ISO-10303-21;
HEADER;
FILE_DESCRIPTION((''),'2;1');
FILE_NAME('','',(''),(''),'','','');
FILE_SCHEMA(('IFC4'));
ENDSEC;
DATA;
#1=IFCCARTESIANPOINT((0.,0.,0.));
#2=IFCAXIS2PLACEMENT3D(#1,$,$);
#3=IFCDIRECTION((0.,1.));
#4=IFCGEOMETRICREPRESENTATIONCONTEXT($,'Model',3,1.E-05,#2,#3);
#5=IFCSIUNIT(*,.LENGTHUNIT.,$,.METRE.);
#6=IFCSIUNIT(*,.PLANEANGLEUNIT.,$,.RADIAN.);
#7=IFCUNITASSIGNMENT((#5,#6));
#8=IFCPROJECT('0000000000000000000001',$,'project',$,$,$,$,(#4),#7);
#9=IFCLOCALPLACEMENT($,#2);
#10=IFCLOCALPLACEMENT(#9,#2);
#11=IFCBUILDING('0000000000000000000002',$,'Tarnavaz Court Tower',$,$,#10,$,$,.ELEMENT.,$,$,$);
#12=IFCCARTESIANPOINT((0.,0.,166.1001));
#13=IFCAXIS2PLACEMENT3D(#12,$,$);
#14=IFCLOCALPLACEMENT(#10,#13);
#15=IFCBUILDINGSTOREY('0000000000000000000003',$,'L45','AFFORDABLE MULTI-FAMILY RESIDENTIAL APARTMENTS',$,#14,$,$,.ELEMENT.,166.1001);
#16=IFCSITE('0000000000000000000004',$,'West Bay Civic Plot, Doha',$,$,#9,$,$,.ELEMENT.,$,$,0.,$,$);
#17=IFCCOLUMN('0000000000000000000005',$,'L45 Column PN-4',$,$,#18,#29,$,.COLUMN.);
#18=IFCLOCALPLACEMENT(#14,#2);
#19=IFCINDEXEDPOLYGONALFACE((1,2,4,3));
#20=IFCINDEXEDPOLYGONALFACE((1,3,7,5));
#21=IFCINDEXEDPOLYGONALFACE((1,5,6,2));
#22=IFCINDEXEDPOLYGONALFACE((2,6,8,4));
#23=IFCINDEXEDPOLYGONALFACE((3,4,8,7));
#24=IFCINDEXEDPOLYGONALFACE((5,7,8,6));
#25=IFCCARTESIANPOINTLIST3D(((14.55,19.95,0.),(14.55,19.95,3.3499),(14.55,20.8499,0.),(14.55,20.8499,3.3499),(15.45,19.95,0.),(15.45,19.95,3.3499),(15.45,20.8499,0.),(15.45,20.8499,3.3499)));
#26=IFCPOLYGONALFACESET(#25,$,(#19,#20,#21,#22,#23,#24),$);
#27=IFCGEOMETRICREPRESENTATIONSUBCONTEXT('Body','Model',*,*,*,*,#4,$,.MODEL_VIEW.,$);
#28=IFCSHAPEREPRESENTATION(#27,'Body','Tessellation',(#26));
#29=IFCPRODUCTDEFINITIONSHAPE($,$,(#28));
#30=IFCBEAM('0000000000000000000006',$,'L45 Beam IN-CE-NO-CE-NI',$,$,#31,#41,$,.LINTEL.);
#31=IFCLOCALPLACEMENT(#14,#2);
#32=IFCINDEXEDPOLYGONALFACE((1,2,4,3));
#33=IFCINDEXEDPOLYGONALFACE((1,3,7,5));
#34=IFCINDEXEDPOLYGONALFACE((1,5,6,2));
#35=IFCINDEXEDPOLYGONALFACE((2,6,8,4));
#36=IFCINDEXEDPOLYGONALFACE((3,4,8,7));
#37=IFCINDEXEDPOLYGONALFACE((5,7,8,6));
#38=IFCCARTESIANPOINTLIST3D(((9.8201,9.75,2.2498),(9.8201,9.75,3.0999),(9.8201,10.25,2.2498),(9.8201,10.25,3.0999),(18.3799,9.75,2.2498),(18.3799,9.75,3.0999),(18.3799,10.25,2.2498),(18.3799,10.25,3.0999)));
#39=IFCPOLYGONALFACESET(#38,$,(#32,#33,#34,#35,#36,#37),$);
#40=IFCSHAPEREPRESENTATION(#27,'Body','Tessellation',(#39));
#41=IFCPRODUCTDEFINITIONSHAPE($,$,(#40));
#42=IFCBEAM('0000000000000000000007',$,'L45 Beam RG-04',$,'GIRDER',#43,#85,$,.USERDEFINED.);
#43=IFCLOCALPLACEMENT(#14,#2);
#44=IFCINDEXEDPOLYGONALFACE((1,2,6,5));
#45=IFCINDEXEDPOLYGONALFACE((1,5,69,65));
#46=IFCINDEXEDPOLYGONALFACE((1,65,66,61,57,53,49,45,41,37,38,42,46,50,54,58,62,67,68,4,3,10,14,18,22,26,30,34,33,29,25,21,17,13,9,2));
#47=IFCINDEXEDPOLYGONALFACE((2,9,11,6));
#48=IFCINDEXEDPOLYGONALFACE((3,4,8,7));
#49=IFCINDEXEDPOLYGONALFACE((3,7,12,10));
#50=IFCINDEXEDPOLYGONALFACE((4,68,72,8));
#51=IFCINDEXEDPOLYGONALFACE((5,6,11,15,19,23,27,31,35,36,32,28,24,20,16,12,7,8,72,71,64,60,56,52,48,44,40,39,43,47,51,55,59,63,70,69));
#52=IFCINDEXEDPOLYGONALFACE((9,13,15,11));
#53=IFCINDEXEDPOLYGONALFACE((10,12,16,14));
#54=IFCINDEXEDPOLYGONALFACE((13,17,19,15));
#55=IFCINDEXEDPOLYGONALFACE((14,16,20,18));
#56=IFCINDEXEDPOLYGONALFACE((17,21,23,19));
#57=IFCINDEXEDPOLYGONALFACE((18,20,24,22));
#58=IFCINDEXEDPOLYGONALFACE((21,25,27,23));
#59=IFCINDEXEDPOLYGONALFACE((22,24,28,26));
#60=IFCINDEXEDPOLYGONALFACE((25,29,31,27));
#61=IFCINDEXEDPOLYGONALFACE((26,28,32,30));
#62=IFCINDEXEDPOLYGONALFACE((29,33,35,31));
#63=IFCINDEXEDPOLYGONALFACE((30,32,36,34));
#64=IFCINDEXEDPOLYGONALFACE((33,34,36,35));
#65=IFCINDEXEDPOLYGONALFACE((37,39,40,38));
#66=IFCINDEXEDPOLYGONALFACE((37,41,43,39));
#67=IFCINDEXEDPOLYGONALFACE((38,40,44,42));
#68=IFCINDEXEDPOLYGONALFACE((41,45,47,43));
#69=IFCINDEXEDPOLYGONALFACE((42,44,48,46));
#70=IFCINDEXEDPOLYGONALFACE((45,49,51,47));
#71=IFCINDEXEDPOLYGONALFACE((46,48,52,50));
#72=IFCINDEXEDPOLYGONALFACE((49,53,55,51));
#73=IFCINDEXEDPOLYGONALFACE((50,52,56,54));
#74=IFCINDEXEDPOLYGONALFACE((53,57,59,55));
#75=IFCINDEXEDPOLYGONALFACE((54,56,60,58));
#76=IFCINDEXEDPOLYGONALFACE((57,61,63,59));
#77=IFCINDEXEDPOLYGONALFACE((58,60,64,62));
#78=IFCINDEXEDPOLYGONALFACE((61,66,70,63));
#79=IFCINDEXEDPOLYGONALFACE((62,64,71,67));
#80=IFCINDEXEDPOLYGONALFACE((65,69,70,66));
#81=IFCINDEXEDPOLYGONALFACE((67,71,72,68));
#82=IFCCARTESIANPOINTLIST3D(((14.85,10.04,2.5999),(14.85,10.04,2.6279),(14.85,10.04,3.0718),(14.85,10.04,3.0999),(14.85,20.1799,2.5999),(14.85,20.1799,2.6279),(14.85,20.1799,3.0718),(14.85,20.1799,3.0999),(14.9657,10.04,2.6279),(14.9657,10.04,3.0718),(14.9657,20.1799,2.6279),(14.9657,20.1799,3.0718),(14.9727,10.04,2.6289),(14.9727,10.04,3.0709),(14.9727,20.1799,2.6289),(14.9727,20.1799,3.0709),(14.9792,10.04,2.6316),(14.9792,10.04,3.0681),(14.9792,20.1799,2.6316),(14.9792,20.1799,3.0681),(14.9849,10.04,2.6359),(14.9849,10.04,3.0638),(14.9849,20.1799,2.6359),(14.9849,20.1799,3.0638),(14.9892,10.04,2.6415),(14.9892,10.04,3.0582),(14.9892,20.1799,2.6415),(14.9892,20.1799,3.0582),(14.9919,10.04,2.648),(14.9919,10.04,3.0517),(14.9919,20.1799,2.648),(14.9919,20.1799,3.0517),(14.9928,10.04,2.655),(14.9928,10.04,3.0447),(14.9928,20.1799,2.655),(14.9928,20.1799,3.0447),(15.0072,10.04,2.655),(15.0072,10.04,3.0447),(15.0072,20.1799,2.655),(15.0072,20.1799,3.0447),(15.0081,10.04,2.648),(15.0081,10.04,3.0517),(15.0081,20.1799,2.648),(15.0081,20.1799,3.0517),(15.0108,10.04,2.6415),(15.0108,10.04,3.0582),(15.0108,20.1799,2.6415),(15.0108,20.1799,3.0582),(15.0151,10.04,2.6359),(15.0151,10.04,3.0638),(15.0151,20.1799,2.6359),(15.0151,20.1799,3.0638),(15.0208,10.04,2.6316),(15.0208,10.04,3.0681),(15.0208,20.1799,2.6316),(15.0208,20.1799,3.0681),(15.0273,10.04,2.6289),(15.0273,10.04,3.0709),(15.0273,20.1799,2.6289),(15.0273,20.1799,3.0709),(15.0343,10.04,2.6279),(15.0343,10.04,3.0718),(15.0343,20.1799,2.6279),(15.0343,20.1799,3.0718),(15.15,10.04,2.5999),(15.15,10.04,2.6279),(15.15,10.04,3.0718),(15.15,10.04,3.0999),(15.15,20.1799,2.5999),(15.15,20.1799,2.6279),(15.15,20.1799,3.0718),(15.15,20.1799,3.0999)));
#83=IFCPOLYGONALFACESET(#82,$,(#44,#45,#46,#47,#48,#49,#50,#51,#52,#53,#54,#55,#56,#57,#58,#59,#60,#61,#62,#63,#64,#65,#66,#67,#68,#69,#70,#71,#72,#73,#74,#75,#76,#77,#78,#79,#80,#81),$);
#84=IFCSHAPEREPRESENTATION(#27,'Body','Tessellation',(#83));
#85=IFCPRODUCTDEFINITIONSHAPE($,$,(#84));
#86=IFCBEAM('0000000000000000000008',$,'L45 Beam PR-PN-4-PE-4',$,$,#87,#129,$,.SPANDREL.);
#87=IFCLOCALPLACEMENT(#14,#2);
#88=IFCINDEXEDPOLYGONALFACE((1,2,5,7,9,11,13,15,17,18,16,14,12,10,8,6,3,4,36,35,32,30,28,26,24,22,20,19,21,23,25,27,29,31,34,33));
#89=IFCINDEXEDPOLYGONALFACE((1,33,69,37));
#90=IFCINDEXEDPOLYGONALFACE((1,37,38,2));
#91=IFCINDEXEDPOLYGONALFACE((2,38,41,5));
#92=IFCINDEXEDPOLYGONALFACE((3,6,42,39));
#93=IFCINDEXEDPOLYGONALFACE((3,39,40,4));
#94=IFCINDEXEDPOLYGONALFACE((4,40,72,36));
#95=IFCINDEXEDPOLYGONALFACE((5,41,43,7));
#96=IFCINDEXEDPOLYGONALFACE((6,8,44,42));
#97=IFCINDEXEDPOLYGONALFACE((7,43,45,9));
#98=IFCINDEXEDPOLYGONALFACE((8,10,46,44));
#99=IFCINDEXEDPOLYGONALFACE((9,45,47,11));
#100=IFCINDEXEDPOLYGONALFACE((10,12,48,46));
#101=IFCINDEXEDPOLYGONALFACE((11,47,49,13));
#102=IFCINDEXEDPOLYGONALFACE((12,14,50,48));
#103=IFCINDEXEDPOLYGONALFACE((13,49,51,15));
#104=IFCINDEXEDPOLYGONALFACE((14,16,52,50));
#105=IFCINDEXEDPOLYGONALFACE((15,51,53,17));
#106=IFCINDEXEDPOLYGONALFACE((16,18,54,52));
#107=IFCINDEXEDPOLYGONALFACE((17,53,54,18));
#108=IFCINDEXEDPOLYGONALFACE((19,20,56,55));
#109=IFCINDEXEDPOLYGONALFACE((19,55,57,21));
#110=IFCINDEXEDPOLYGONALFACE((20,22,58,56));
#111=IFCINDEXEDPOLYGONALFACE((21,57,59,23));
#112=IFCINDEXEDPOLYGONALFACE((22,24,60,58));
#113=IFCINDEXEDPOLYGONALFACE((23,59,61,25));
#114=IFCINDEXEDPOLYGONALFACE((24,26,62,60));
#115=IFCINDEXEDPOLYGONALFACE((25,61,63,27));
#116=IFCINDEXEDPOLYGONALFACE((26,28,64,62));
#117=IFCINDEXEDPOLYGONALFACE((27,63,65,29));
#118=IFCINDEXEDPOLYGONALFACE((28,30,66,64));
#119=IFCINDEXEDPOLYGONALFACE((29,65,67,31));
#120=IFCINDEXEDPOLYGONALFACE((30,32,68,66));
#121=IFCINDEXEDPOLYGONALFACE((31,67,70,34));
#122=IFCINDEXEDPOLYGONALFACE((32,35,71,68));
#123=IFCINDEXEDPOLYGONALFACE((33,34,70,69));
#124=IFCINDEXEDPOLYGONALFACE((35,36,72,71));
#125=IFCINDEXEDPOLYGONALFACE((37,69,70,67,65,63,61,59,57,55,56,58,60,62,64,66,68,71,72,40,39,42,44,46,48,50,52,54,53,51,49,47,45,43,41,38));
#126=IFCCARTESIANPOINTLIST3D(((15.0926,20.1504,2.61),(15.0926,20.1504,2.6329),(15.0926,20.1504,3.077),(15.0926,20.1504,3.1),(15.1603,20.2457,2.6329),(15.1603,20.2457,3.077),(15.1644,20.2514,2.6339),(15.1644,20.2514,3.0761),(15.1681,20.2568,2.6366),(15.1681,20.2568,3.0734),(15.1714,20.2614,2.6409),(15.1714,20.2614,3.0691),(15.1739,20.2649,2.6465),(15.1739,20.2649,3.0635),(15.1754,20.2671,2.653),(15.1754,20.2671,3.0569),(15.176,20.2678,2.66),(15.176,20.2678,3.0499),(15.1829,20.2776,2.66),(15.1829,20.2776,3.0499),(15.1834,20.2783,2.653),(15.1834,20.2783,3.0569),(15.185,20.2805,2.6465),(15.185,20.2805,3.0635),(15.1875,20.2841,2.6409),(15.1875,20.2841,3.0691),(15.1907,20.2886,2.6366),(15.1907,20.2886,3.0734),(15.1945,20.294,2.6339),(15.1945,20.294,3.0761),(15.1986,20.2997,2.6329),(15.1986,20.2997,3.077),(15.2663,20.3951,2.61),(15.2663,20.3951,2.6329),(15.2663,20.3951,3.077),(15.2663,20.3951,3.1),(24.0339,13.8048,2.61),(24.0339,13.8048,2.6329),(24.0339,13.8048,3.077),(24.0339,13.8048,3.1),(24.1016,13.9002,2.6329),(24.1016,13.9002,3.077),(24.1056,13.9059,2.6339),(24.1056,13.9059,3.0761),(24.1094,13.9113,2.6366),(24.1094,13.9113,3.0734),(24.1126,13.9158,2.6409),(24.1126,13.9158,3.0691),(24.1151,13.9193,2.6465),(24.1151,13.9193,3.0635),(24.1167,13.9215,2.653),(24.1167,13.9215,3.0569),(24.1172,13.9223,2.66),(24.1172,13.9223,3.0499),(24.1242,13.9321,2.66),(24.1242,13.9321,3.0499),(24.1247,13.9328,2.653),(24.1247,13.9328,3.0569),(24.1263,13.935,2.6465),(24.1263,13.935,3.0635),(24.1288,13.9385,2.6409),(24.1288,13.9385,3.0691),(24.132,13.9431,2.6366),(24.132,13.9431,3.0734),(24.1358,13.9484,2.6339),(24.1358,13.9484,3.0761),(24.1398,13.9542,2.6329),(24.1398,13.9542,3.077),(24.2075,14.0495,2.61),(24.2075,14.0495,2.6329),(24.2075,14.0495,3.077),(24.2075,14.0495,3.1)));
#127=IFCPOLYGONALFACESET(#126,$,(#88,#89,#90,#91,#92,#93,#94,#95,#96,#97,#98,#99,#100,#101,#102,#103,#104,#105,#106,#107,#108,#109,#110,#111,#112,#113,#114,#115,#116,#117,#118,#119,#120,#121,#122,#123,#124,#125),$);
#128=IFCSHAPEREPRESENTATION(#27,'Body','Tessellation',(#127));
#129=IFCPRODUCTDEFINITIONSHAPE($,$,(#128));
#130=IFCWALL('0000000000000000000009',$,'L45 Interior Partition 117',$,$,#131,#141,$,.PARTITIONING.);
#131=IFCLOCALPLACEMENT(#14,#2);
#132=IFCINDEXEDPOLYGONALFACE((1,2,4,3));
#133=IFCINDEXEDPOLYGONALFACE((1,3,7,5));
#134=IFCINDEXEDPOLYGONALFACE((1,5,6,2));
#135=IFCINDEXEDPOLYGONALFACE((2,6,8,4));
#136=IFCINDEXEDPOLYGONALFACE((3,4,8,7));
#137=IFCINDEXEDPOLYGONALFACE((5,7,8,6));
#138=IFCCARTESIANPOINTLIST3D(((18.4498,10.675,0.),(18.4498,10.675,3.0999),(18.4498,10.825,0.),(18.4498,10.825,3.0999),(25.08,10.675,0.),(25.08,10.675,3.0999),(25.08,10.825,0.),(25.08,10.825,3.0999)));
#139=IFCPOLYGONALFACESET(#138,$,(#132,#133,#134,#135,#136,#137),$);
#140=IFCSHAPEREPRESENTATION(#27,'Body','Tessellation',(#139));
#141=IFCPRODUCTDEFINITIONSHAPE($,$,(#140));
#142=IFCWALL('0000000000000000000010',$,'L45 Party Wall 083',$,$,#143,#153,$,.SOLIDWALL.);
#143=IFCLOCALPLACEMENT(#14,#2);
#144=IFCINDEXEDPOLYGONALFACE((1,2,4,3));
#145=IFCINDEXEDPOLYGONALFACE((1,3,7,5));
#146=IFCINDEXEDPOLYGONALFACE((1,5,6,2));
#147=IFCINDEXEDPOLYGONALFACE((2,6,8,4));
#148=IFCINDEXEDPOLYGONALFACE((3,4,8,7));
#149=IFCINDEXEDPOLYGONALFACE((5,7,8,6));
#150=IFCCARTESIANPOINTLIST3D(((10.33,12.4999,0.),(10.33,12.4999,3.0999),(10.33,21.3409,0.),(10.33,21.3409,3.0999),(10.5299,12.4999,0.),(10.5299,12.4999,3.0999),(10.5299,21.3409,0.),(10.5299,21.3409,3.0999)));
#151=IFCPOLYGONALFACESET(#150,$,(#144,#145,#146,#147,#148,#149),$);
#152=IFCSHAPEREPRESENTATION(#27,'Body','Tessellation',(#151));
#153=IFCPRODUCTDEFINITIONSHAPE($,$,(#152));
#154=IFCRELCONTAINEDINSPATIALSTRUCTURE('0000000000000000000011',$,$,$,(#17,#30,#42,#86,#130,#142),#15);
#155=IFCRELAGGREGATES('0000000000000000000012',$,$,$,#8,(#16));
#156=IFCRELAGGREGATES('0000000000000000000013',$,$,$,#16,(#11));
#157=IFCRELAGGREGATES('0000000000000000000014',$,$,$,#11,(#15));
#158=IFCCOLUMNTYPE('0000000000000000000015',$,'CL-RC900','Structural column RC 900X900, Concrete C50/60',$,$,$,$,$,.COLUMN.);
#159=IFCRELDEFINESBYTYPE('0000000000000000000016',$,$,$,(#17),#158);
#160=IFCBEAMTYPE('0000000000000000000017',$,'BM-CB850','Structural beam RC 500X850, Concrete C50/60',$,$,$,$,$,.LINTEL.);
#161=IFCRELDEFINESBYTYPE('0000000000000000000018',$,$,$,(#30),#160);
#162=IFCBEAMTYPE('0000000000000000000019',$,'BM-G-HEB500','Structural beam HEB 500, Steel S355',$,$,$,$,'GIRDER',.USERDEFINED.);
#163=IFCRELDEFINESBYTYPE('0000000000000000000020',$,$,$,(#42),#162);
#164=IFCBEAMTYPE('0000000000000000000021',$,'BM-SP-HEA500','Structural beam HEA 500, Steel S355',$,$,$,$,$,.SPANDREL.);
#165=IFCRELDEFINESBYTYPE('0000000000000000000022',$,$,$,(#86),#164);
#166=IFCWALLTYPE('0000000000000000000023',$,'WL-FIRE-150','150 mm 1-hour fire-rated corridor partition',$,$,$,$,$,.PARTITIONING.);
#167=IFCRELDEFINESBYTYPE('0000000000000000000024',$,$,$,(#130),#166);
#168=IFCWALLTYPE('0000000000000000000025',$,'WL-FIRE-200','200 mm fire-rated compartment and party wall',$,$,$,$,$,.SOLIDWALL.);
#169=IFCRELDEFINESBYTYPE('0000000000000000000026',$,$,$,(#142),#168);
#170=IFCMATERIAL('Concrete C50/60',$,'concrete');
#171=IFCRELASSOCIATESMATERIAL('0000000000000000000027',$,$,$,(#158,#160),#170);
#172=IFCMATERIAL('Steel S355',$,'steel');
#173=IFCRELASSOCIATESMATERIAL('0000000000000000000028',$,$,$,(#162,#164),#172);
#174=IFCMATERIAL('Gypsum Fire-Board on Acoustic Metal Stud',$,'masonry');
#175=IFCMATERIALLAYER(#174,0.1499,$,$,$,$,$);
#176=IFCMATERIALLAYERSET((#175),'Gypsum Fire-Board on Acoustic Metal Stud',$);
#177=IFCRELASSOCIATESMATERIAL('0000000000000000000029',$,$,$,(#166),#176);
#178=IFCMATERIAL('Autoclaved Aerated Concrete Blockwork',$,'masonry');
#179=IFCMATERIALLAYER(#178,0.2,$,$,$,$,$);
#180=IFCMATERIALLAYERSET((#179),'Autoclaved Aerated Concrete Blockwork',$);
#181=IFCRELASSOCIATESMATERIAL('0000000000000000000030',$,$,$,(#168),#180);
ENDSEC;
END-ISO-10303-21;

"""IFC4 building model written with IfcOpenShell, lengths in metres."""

from ifc_helpers import new_model, si_unit, direction, frame, frame_2d, origin, origin_2d, place, context, subcontext, project, spatial, rectangle, i_section, extrude, material, layer, layer_set, material_profile, profile_set, type_object, element, save


model = new_model("IFC4")

# Units and contexts
model_context = context("Model", 3, precision=1e-05, world=origin(), true_north=direction((0.0, 1.0)))
body_context = subcontext(model_context, "Body", "Model", "MODEL_VIEW")
ifc_project = project(units=[si_unit("LENGTHUNIT", "METRE"), si_unit("PLANEANGLEUNIT", "RADIAN")], contexts=[model_context])

# Site, building, storey
site_placement = place(None, origin())
site = spatial("IfcSite", under=ifc_project, at=site_placement, Name="West Bay Civic Plot, Doha", CompositionType="ELEMENT", RefElevation=0.0)
building_placement = place(site_placement, origin())
building = spatial("IfcBuilding", under=site, at=building_placement, Name="Tarnavaz Court Tower", CompositionType="ELEMENT")
storey_placement = place(building_placement, frame((0.0, 0.0, 166.1001)))
storey = spatial("IfcBuildingStorey", under=building, at=storey_placement, Name="L45", Description="AFFORDABLE MULTI-FAMILY RESIDENTIAL APARTMENTS", CompositionType="ELEMENT", Elevation=166.1001)

# Column
ifc_material_1 = material(Name="Concrete C50/60", Category="concrete")
ifc_material_profile_1 = material_profile(ifc_material_1, rectangle(XDim=0.8999, YDim=0.8999, at=origin_2d()), Name="RC 900X900")
ifc_profile_set_1 = profile_set([ifc_material_profile_1], Name="Concrete C50/60")
column_type = type_object("IfcColumnType", Name="CL-RC900", Description="Structural column RC 900X900, Concrete C50/60", PredefinedType="COLUMN", material=ifc_profile_set_1)
column_placement = place(storey_placement, frame((15.0, 20.3999, 0.0), z_axis=(0.0, 0.0, 1.0), x_axis=(1.0, 0.0, 0.0)))
element("IfcColumn", 1, at=column_placement, inside=storey, type_object=column_type, Name="L45 Column PN-4", PredefinedType="COLUMN", context=body_context, shape_type="SweptSolid", body=[
    extrude(rectangle(XDim=0.8999, YDim=0.8999, at=origin_2d()), origin(), (0.0, 0.0, 1.0), 3.3499),
])

# Beams
ifc_material_profile_2 = material_profile(ifc_material_1, rectangle(XDim=0.5, YDim=0.8501, at=origin_2d()), Name="RC 500X850")
ifc_profile_set_2 = profile_set([ifc_material_profile_2], Name="Concrete C50/60")
beam_type_1 = type_object("IfcBeamType", Name="BM-CB850", Description="Structural beam RC 500X850, Concrete C50/60", PredefinedType="LINTEL", material=ifc_profile_set_2)
beam_1_placement = place(storey_placement, frame((18.3799, 10.0, 2.6748), z_axis=(-1.0, 0.0, 0.0), x_axis=(0.0, -1.0, 0.0)))
element("IfcBeam", 2, at=beam_1_placement, inside=storey, type_object=beam_type_1, Name="L45 Beam IN-CE-NO-CE-NI", PredefinedType="LINTEL", context=body_context, shape_type="SweptSolid", body=[
    extrude(rectangle(XDim=0.5, YDim=0.8501, at=origin_2d()), origin(), (0.0, 0.0, 1.0), 8.5598),
])
ifc_material_2 = material(Name="Steel S355", Category="steel")
ifc_material_profile_3 = material_profile(ifc_material_2, i_section(OverallWidth=0.3, OverallDepth=0.5, WebThickness=0.0144, FlangeThickness=0.0281, FilletRadius=0.0271, at=origin_2d()), Name="HEB 500")
ifc_profile_set_3 = profile_set([ifc_material_profile_3], Name="Steel S355")
beam_type_2 = type_object("IfcBeamType", Name="BM-G-HEB500", Description="Structural beam HEB 500, Steel S355", ElementType="GIRDER", PredefinedType="USERDEFINED", material=ifc_profile_set_3)
beam_2_placement = place(storey_placement, frame((15.0, 10.04, 2.8499), z_axis=(0.0, 1.0, 0.0), x_axis=(-1.0, 0.0, 0.0)))
element("IfcBeam", 3, at=beam_2_placement, inside=storey, type_object=beam_type_2, Name="L45 Beam RG-04", ObjectType="GIRDER", PredefinedType="USERDEFINED", context=body_context, shape_type="SweptSolid", body=[
    extrude(i_section(OverallWidth=0.3, OverallDepth=0.5, WebThickness=0.0144, FlangeThickness=0.0281, FilletRadius=0.0271, at=origin_2d()), origin(), (0.0, 0.0, 1.0), 10.1399),
])
ifc_material_profile_4 = material_profile(ifc_material_2, i_section(OverallWidth=0.3, OverallDepth=0.49, WebThickness=0.012, FlangeThickness=0.0229, FilletRadius=0.0271, at=origin_2d()), Name="HEA 500")
ifc_profile_set_4 = profile_set([ifc_material_profile_4], Name="Steel S355")
beam_type_3 = type_object("IfcBeamType", Name="BM-SP-HEA500", Description="Structural beam HEA 500, Steel S355", PredefinedType="SPANDREL", material=ifc_profile_set_4)
beam_3_placement = place(storey_placement, frame((15.1794, 20.2727, 2.855), z_axis=(0.815502, -0.578754, 0.0), x_axis=(0.578754, 0.815502, 0.0)))
element("IfcBeam", 4, at=beam_3_placement, inside=storey, type_object=beam_type_3, Name="L45 Beam PR-PN-4-PE-4", PredefinedType="SPANDREL", context=body_context, shape_type="SweptSolid", body=[
    extrude(i_section(OverallWidth=0.3, OverallDepth=0.49, WebThickness=0.012, FlangeThickness=0.0229, FilletRadius=0.0271, at=origin_2d()), origin(), (0.0, 0.0, 1.0), 10.9641),
])

# Walls
ifc_material_3 = material(Name="Gypsum Fire-Board on Acoustic Metal Stud", Category="masonry")
ifc_layer_1 = layer(ifc_material_3, 0.1499)
ifc_layer_set_1 = layer_set([ifc_layer_1], Name="Gypsum Fire-Board on Acoustic Metal Stud")
wall_type_1 = type_object("IfcWallType", Name="WL-FIRE-150", Description="150 mm 1-hour fire-rated corridor partition", PredefinedType="PARTITIONING", material=ifc_layer_set_1)
wall_1_placement = place(storey_placement, frame((18.45, 10.75, 0.0), z_axis=(0.0, 0.0, 1.0), x_axis=(1.0, 0.0, 0.0)))
element("IfcWall", 5, at=wall_1_placement, inside=storey, type_object=wall_type_1, Name="L45 Interior Partition 117", PredefinedType="PARTITIONING", context=body_context, shape_type="SweptSolid", body=[
    extrude(rectangle(XDim=6.6301, YDim=0.1499, at=frame_2d((3.3149, 0.0))), origin(), (0.0, 0.0, 1.0), 3.0999),
])
ifc_material_4 = material(Name="Autoclaved Aerated Concrete Blockwork", Category="masonry")
ifc_layer_2 = layer(ifc_material_4, 0.2)
ifc_layer_set_2 = layer_set([ifc_layer_2], Name="Autoclaved Aerated Concrete Blockwork")
wall_type_2 = type_object("IfcWallType", Name="WL-FIRE-200", Description="200 mm fire-rated compartment and party wall", PredefinedType="SOLIDWALL", material=ifc_layer_set_2)
wall_2_placement = place(storey_placement, frame((10.4299, 12.5, 0.0), z_axis=(0.0, 0.0, 1.0), x_axis=(0.0, 1.0, 0.0)))
element("IfcWall", 6, at=wall_2_placement, inside=storey, type_object=wall_type_2, Name="L45 Party Wall 083", PredefinedType="SOLIDWALL", context=body_context, shape_type="SweptSolid", body=[
    extrude(rectangle(XDim=8.8411, YDim=0.2, at=frame_2d((4.4204, 0.0))), origin(), (0.0, 0.0, 1.0), 3.0999),
])

save(model, "model.ifc")
